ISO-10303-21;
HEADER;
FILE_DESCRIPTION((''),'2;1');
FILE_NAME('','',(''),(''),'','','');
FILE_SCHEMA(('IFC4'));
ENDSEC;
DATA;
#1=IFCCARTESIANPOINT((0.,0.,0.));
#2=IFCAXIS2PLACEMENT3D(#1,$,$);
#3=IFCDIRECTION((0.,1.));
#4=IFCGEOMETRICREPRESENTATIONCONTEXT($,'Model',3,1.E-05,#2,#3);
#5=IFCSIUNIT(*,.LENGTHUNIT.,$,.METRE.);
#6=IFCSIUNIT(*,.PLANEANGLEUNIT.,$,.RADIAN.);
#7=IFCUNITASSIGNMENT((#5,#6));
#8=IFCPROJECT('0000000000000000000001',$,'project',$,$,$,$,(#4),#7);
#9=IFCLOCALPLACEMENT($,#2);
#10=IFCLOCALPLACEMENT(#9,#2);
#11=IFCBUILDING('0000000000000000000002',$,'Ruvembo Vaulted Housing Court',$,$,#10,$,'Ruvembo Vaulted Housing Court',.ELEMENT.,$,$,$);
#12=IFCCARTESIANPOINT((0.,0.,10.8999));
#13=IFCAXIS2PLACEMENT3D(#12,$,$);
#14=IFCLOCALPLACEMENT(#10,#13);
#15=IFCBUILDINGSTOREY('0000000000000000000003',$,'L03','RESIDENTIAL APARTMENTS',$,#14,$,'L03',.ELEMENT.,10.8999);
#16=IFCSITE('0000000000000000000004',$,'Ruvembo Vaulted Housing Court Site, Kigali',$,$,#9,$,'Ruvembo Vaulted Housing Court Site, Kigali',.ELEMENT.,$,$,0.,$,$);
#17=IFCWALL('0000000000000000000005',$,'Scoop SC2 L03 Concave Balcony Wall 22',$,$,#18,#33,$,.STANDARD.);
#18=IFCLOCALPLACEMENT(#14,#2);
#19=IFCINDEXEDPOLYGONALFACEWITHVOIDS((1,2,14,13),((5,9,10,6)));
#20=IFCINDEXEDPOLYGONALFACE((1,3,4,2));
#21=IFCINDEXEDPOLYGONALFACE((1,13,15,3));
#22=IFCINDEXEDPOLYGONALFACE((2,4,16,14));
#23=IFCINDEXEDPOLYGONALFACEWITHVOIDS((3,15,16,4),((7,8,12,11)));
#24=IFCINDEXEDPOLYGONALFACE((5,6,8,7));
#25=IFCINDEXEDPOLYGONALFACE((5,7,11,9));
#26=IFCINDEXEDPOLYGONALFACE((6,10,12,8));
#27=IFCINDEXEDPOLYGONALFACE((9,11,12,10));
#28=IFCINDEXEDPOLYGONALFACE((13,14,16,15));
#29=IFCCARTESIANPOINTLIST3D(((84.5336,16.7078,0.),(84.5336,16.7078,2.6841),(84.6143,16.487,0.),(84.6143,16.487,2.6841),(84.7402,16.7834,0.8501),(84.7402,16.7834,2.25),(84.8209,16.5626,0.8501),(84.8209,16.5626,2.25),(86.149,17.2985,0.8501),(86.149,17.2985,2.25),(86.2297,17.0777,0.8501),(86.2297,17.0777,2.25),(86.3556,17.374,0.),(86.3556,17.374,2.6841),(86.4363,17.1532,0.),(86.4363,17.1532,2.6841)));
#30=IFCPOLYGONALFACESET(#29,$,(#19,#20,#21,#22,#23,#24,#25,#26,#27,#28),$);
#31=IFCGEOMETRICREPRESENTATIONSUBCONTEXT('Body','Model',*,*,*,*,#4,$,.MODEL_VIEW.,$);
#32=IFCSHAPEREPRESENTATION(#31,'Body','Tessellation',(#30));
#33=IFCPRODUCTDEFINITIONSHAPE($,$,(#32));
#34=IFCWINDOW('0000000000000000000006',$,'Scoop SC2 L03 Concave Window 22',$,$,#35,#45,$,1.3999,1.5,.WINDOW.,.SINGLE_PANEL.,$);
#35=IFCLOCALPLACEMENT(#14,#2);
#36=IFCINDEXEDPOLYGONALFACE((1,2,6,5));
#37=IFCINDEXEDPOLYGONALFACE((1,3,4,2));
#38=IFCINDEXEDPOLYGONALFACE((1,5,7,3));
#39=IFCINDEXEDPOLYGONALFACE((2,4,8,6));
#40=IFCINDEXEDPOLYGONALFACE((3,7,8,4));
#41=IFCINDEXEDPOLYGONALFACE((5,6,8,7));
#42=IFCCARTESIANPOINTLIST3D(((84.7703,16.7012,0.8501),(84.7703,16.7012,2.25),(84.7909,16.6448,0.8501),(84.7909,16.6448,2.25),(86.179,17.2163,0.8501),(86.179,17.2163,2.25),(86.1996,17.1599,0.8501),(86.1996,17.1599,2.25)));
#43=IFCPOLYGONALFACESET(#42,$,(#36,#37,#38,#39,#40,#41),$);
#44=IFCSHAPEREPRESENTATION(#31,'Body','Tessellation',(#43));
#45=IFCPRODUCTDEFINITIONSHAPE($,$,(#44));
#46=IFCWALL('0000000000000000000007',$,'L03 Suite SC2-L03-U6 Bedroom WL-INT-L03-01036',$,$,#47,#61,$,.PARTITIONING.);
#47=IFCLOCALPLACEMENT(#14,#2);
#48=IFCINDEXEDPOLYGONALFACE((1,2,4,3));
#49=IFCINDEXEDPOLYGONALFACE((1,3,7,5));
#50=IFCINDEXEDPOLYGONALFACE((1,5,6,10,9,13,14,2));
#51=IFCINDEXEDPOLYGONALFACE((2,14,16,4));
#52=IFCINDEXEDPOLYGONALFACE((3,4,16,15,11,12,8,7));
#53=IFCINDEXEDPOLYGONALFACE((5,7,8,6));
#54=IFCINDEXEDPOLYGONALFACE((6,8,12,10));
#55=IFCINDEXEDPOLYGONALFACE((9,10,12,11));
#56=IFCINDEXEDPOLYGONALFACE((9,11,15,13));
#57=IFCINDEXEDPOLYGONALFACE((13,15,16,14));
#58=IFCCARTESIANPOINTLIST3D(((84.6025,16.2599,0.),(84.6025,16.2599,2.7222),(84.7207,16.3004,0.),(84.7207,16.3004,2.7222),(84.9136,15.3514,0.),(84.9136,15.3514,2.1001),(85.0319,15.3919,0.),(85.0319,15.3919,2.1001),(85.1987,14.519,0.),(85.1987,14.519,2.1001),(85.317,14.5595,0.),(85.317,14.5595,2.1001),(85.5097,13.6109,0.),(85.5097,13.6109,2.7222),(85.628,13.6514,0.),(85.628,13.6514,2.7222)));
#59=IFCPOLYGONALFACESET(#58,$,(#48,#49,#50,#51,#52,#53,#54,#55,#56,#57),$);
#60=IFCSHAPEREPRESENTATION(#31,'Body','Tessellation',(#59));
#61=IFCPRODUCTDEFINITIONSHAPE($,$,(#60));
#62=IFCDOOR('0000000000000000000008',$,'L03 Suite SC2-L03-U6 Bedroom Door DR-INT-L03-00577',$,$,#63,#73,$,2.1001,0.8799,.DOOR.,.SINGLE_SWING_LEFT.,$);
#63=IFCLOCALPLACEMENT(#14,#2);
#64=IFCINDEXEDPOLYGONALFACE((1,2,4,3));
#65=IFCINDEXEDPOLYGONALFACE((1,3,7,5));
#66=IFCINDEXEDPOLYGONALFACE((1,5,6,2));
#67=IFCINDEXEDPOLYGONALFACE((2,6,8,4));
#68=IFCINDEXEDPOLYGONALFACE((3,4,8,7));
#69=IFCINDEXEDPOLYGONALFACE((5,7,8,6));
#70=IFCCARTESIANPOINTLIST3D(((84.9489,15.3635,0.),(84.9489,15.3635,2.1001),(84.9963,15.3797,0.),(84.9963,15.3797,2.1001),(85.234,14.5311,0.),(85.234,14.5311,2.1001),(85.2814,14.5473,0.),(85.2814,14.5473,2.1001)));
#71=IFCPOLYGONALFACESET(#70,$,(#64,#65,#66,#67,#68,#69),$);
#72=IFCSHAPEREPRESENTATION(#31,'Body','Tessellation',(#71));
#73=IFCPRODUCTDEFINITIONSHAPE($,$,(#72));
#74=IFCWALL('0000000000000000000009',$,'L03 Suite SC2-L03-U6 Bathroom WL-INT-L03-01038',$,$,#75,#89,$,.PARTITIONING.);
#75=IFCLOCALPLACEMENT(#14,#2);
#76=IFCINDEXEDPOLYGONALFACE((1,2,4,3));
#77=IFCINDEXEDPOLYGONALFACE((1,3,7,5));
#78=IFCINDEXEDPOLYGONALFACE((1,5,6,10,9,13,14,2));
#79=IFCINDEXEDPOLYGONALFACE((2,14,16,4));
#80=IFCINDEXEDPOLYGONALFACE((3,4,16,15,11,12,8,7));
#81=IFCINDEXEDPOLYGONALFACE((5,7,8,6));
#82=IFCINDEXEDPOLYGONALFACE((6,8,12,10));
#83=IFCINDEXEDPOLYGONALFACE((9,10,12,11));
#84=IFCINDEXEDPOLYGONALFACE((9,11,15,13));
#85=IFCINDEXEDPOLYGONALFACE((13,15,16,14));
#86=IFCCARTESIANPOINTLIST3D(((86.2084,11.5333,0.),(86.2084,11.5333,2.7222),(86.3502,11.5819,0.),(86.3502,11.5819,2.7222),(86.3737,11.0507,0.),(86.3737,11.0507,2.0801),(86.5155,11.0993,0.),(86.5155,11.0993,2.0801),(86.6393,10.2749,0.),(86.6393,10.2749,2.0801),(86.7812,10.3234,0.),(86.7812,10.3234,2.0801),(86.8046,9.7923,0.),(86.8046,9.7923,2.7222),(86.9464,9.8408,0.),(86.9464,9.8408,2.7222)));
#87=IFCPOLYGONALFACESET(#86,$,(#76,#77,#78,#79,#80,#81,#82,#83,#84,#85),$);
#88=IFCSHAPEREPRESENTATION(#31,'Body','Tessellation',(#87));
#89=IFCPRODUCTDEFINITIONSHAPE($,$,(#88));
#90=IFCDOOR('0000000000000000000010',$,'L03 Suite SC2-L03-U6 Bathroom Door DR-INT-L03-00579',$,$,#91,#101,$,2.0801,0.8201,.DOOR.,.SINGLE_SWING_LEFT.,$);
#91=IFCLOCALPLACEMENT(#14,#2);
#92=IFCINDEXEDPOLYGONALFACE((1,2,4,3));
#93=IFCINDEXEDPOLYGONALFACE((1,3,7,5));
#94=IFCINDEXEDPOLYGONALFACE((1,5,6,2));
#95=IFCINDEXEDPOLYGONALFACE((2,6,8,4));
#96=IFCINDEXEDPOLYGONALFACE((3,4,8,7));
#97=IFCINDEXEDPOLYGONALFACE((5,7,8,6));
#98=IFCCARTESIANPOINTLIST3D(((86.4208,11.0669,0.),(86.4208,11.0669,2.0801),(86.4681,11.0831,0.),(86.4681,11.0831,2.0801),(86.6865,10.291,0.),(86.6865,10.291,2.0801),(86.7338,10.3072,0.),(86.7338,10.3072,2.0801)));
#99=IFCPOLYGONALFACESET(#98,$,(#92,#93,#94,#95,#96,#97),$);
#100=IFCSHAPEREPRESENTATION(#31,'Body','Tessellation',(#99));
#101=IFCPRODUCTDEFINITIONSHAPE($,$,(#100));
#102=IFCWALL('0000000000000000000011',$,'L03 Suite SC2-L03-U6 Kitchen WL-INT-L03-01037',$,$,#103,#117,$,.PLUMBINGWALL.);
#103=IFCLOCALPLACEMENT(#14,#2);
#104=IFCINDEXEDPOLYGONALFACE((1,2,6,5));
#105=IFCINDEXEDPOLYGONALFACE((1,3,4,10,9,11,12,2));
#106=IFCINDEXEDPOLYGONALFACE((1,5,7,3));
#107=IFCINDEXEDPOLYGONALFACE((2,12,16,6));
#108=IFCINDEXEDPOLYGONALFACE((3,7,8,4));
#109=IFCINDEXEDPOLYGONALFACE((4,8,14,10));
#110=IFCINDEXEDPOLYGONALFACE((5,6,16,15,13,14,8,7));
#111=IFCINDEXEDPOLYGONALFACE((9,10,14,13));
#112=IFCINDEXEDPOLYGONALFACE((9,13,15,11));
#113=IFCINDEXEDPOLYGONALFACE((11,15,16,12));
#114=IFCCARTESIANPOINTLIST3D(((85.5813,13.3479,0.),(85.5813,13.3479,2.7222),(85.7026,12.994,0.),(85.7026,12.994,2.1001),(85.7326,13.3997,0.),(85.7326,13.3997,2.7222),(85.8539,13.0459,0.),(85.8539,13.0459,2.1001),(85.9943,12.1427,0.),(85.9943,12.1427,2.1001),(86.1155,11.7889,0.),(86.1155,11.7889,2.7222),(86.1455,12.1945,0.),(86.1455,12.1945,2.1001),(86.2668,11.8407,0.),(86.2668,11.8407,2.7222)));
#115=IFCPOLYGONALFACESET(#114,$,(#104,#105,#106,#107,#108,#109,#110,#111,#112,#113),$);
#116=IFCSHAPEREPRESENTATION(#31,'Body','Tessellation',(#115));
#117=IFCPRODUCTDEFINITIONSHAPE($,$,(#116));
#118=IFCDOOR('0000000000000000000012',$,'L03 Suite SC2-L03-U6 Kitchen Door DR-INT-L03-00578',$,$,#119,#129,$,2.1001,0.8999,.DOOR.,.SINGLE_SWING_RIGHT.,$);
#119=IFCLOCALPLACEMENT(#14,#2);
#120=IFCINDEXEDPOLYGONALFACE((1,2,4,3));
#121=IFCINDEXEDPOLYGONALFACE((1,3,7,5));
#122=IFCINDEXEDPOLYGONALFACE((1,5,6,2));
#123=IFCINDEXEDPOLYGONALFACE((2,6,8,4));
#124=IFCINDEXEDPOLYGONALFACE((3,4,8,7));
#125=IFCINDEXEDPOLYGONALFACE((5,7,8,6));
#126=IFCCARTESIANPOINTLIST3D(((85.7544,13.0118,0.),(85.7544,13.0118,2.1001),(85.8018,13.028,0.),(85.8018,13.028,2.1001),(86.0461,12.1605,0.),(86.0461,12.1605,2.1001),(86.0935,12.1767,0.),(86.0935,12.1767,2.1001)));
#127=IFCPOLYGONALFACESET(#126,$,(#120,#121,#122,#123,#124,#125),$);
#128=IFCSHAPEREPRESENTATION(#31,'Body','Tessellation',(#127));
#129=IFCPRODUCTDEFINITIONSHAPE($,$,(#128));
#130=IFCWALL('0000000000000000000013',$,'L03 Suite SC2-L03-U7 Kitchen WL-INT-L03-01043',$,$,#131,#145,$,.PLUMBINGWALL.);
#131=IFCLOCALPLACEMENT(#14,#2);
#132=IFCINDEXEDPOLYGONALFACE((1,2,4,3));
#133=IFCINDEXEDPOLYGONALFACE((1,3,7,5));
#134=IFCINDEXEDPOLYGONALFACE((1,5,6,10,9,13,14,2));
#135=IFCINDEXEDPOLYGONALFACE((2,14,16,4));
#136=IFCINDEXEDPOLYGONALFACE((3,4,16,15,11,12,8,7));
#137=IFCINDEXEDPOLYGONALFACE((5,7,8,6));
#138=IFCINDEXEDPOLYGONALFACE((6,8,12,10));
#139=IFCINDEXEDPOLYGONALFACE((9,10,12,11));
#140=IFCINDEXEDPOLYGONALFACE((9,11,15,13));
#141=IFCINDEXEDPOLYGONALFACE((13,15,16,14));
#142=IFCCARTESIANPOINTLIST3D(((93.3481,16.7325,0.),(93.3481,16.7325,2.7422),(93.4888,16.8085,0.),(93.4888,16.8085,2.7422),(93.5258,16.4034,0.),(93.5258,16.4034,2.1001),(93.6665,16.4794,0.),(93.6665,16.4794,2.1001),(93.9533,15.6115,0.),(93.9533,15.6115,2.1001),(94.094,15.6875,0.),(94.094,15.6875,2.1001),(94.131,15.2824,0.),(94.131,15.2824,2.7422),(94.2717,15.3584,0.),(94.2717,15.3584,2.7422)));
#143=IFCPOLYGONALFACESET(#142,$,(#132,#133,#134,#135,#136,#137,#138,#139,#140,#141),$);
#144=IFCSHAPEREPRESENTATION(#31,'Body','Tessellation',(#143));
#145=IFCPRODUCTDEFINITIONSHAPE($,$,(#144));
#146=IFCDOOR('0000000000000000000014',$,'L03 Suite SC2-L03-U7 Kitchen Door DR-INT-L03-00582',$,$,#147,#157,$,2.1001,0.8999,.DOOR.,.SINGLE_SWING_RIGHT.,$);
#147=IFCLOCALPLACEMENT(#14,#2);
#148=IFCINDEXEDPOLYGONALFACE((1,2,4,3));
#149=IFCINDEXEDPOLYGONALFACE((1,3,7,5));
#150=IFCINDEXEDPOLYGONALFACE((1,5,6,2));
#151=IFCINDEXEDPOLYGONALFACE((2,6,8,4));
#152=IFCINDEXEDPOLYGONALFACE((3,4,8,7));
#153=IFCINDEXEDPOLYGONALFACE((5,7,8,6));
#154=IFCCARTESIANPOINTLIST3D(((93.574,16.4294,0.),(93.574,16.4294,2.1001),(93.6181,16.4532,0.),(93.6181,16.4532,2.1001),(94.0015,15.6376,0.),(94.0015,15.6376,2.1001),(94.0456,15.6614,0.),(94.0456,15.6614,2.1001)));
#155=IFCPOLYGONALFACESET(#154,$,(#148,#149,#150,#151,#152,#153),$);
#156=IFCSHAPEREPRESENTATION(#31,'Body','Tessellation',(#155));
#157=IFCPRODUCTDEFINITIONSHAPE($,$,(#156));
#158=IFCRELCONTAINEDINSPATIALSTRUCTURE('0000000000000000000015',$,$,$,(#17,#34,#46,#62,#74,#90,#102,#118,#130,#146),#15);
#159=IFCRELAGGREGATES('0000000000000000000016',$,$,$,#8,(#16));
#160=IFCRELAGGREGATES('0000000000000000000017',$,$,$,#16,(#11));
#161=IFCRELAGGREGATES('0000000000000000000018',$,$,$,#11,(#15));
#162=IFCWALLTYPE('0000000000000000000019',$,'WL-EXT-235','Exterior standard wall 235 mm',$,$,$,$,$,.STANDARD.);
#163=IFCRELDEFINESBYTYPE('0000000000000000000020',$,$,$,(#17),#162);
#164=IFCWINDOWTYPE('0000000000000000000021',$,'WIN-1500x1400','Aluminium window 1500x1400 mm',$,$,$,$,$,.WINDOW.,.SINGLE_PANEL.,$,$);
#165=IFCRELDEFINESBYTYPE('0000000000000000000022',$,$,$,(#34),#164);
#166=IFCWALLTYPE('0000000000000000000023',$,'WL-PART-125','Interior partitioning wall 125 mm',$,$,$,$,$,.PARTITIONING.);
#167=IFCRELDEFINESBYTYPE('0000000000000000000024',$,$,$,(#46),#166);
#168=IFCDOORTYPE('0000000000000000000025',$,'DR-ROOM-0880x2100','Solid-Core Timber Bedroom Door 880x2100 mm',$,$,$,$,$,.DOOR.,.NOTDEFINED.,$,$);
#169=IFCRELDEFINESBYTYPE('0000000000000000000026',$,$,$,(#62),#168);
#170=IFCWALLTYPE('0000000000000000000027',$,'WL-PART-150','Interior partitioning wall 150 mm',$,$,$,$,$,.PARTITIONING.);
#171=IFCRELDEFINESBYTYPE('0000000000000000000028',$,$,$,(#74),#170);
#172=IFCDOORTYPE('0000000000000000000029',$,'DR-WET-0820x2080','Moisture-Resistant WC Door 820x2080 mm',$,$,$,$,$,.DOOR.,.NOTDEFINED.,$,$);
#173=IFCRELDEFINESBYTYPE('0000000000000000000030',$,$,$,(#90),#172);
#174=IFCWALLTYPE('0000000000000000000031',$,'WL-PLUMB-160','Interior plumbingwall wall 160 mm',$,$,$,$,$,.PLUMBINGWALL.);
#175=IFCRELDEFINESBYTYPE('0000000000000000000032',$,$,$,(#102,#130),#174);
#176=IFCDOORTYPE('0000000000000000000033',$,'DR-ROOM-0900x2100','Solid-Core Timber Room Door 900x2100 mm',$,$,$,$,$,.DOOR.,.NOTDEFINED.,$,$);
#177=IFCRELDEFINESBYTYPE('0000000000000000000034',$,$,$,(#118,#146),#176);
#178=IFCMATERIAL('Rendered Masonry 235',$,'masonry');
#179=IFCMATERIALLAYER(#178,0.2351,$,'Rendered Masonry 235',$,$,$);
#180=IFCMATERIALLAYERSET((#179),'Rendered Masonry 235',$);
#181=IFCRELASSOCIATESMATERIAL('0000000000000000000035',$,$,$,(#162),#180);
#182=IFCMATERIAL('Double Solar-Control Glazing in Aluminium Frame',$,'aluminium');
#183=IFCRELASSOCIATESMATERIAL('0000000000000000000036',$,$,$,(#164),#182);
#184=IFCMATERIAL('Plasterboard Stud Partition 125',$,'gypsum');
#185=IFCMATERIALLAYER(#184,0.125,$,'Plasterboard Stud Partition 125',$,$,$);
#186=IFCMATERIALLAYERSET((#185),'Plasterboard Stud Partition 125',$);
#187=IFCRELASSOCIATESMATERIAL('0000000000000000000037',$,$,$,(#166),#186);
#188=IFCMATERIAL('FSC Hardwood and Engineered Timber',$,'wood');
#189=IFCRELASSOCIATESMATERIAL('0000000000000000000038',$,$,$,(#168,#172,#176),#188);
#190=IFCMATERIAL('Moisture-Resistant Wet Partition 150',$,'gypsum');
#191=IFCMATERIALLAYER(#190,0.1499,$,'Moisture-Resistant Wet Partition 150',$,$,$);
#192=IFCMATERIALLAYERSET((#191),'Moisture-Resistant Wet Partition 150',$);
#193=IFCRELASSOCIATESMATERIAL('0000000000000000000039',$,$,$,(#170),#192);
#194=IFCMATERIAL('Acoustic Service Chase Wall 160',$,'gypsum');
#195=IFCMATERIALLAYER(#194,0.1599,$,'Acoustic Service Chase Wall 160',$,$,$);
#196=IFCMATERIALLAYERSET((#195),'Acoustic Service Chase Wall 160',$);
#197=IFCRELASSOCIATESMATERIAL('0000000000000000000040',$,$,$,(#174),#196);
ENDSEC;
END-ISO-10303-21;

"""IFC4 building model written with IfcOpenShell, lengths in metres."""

from ifc_helpers import new_model, si_unit, direction, frame, frame_2d, origin, place, context, subcontext, project, spatial, rectangle, extrude, material, layer, layer_set, type_object, element, fill, save


model = new_model("IFC4")

# Units and contexts
model_context = context("Model", 3, precision=1e-05, world=origin(), true_north=direction((0.0, 1.0)))
body_context = subcontext(model_context, "Body", "Model", "MODEL_VIEW")
ifc_project = project(units=[si_unit("LENGTHUNIT", "METRE"), si_unit("PLANEANGLEUNIT", "RADIAN")], contexts=[model_context])

# Site, building, storey
site_placement = place(None, origin())
site = spatial("IfcSite", under=ifc_project, at=site_placement, Name="Ruvembo Vaulted Housing Court Site, Kigali", LongName="Ruvembo Vaulted Housing Court Site, Kigali", CompositionType="ELEMENT", RefElevation=0.0)
building_placement = place(site_placement, origin())
building = spatial("IfcBuilding", under=site, at=building_placement, Name="Ruvembo Vaulted Housing Court", LongName="Ruvembo Vaulted Housing Court", CompositionType="ELEMENT")
storey_placement = place(building_placement, frame((0.0, 0.0, 10.8999)))
storey = spatial("IfcBuildingStorey", under=building, at=storey_placement, Name="L03", Description="RESIDENTIAL APARTMENTS", LongName="L03", CompositionType="ELEMENT", Elevation=10.8999)

# Shared definitions
ifc_material_1 = material(Name="FSC Hardwood and Engineered Timber", Category="wood")

# Wall, opening, window
ifc_material_2 = material(Name="Rendered Masonry 235", Category="masonry")
ifc_layer_1 = layer(ifc_material_2, 0.2351, Name="Rendered Masonry 235")
ifc_layer_set_1 = layer_set([ifc_layer_1], Name="Rendered Masonry 235")
wall_type_1 = type_object("IfcWallType", Name="WL-EXT-235", Description="Exterior standard wall 235 mm", PredefinedType="STANDARD", material=ifc_layer_set_1)
wall_1_placement = place(storey_placement, frame((84.574, 16.5974, 0.0), z_axis=(0.0, 0.0, 1.0), x_axis=(0.939178, 0.34343, 0.0)))
wall_1 = element("IfcWall", 1, at=wall_1_placement, inside=storey, type_object=wall_type_1, Name="Scoop SC2 L03 Concave Balcony Wall 22", PredefinedType="STANDARD", context=body_context, shape_type="SweptSolid", body=[
    extrude(rectangle(XDim=1.9399, YDim=0.2351, at=frame_2d((0.97, 0.0))), origin(), (0.0, 0.0, 1.0), 2.6841),
])
opening_1_placement = place(wall_1_placement, frame((0.22, 0.0, 0.8501)))
opening_1 = element("IfcOpeningElement", 2, at=opening_1_placement, cuts=wall_1, PredefinedType="OPENING", context=body_context, shape_type="SweptSolid", body=[
    extrude(rectangle(XDim=1.5, YDim=1.3999, at=frame_2d((0.75, 0.7))), frame((0.0, 0.1274, 0.0), z_axis=(0.0, -1.0, 0.0), x_axis=(1.0, 0.0, 0.0)), (0.0, 0.0, 1.0), 0.2551),
])
ifc_material_3 = material(Name="Double Solar-Control Glazing in Aluminium Frame", Category="aluminium")
window_type = type_object("IfcWindowType", Name="WIN-1500x1400", Description="Aluminium window 1500x1400 mm", PartitioningType="SINGLE_PANEL", PredefinedType="WINDOW", material=ifc_material_3)
window_placement = place(opening_1_placement, origin())
window = element("IfcWindow", 3, at=window_placement, inside=storey, type_object=window_type, Name="Scoop SC2 L03 Concave Window 22", OverallHeight=1.3999, OverallWidth=1.5, PartitioningType="SINGLE_PANEL", PredefinedType="WINDOW", context=body_context, shape_type="SweptSolid", body=[
    extrude(rectangle(XDim=1.5, YDim=1.3999, at=frame_2d((0.75, 0.7))), frame((0.0, 0.03, 0.0), z_axis=(0.0, -1.0, 0.0), x_axis=(1.0, 0.0, 0.0)), (0.0, 0.0, 1.0), 0.0601),
])
fill(opening_1, window)

# Walls, openings, doors
ifc_material_4 = material(Name="Plasterboard Stud Partition 125", Category="gypsum")
ifc_layer_2 = layer(ifc_material_4, 0.125, Name="Plasterboard Stud Partition 125")
ifc_layer_set_2 = layer_set([ifc_layer_2], Name="Plasterboard Stud Partition 125")
wall_type_2 = type_object("IfcWallType", Name="WL-PART-125", Description="Interior partitioning wall 125 mm", PredefinedType="PARTITIONING", material=ifc_layer_set_2)
wall_2_placement = place(storey_placement, frame((84.6616, 16.28, 0.0), z_axis=(0.0, 0.0, 1.0), x_axis=(0.324012, -0.946053, 0.0)))
wall_2 = element("IfcWall", 4, at=wall_2_placement, inside=storey, type_object=wall_type_2, Name="L03 Suite SC2-L03-U6 Bedroom WL-INT-L03-01036", PredefinedType="PARTITIONING", context=body_context, shape_type="SweptSolid", body=[
    extrude(rectangle(XDim=2.8, YDim=0.125, at=frame_2d((1.3999, 0.0))), origin(), (0.0, 0.0, 1.0), 2.7222),
])
opening_2_placement = place(wall_2_placement, frame((0.9602, 0.0, 0.0)))
opening_2 = element("IfcOpeningElement", 5, at=opening_2_placement, cuts=wall_2, PredefinedType="OPENING", context=body_context, shape_type="SweptSolid", body=[
    extrude(rectangle(XDim=0.8799, YDim=2.1001, at=frame_2d((0.4399, 1.05))), frame((0.0, 0.0725, 0.0), z_axis=(0.0, -1.0, 0.0), x_axis=(1.0, 0.0, 0.0)), (0.0, 0.0, 1.0), 0.145),
])
door_type_1 = type_object("IfcDoorType", Name="DR-ROOM-0880x2100", Description="Solid-Core Timber Bedroom Door 880x2100 mm", OperationType="NOTDEFINED", PredefinedType="DOOR", material=ifc_material_1)
door_1_placement = place(opening_2_placement, origin())
door_1 = element("IfcDoor", 6, at=door_1_placement, inside=storey, type_object=door_type_1, Name="L03 Suite SC2-L03-U6 Bedroom Door DR-INT-L03-00577", OperationType="SINGLE_SWING_LEFT", OverallHeight=2.1001, OverallWidth=0.8799, PredefinedType="DOOR", context=body_context, shape_type="SweptSolid", body=[
    extrude(rectangle(XDim=0.8799, YDim=2.1001, at=frame_2d((0.4399, 1.05))), frame((0.0, 0.0249, 0.0), z_axis=(0.0, -1.0, 0.0), x_axis=(1.0, 0.0, 0.0)), (0.0, 0.0, 1.0), 0.05),
])
fill(opening_2, door_1)
ifc_material_5 = material(Name="Moisture-Resistant Wet Partition 150", Category="gypsum")
ifc_layer_3 = layer(ifc_material_5, 0.1499, Name="Moisture-Resistant Wet Partition 150")
ifc_layer_set_3 = layer_set([ifc_layer_3], Name="Moisture-Resistant Wet Partition 150")
wall_type_3 = type_object("IfcWallType", Name="WL-PART-150", Description="Interior partitioning wall 150 mm", PredefinedType="PARTITIONING", material=ifc_layer_set_3)
wall_3_placement = place(storey_placement, frame((86.2793, 11.5576, 0.0), z_axis=(0.0, 0.0, 1.0), x_axis=(0.323978, -0.946065, 0.0)))
wall_3 = element("IfcWall", 7, at=wall_3_placement, inside=storey, type_object=wall_type_3, Name="L03 Suite SC2-L03-U6 Bathroom WL-INT-L03-01038", PredefinedType="PARTITIONING", context=body_context, shape_type="SweptSolid", body=[
    extrude(rectangle(XDim=1.8403, YDim=0.1499, at=frame_2d((0.9202, 0.0))), origin(), (0.0, 0.0, 1.0), 2.7222),
])
opening_3_placement = place(wall_3_placement, frame((0.51, 0.0, 0.0)))
opening_3 = element("IfcOpeningElement", 8, at=opening_3_placement, cuts=wall_3, PredefinedType="OPENING", context=body_context, shape_type="SweptSolid", body=[
    extrude(rectangle(XDim=0.8201, YDim=2.0801, at=frame_2d((0.4102, 1.04))), frame((0.0, 0.085, 0.0), z_axis=(0.0, -1.0, 0.0), x_axis=(1.0, 0.0, 0.0)), (0.0, 0.0, 1.0), 0.1699),
])
door_type_2 = type_object("IfcDoorType", Name="DR-WET-0820x2080", Description="Moisture-Resistant WC Door 820x2080 mm", OperationType="NOTDEFINED", PredefinedType="DOOR", material=ifc_material_1)
door_2_placement = place(opening_3_placement, origin())
door_2 = element("IfcDoor", 9, at=door_2_placement, inside=storey, type_object=door_type_2, Name="L03 Suite SC2-L03-U6 Bathroom Door DR-INT-L03-00579", OperationType="SINGLE_SWING_LEFT", OverallHeight=2.0801, OverallWidth=0.8201, PredefinedType="DOOR", context=body_context, shape_type="SweptSolid", body=[
    extrude(rectangle(XDim=0.8201, YDim=2.0801, at=frame_2d((0.4102, 1.04))), frame((0.0, 0.0249, 0.0), z_axis=(0.0, -1.0, 0.0), x_axis=(1.0, 0.0, 0.0)), (0.0, 0.0, 1.0), 0.05),
])
fill(opening_3, door_2)
ifc_material_6 = material(Name="Acoustic Service Chase Wall 160", Category="gypsum")
ifc_layer_4 = layer(ifc_material_6, 0.1599, Name="Acoustic Service Chase Wall 160")
ifc_layer_set_4 = layer_set([ifc_layer_4], Name="Acoustic Service Chase Wall 160")
wall_type_4 = type_object("IfcWallType", Name="WL-PLUMB-160", Description="Interior plumbingwall wall 160 mm", PredefinedType="PLUMBINGWALL", material=ifc_layer_set_4)
wall_4_placement = place(storey_placement, frame((85.657, 13.3738, 0.0), z_axis=(0.0, 0.0, 1.0), x_axis=(0.324127, -0.946013, 0.0)))
wall_4 = element("IfcWall", 10, at=wall_4_placement, inside=storey, type_object=wall_type_4, Name="L03 Suite SC2-L03-U6 Kitchen WL-INT-L03-01037", PredefinedType="PLUMBINGWALL", context=body_context, shape_type="SweptSolid", body=[
    extrude(rectangle(XDim=1.6479, YDim=0.1599, at=frame_2d((0.824, 0.0))), origin(), (0.0, 0.0, 1.0), 2.7222),
])
opening_4_placement = place(wall_4_placement, frame((0.374, 0.0, 0.0)))
opening_4 = element("IfcOpeningElement", 11, at=opening_4_placement, cuts=wall_4, PredefinedType="OPENING", context=body_context, shape_type="SweptSolid", body=[
    extrude(rectangle(XDim=0.8999, YDim=2.1001, at=frame_2d((0.45, 1.05))), frame((0.0, 0.0898, 0.0), z_axis=(0.0, -1.0, 0.0), x_axis=(1.0, 0.0, 0.0)), (0.0, 0.0, 1.0), 0.1799),
])
door_type_3 = type_object("IfcDoorType", Name="DR-ROOM-0900x2100", Description="Solid-Core Timber Room Door 900x2100 mm", OperationType="NOTDEFINED", PredefinedType="DOOR", material=ifc_material_1)
door_3_placement = place(opening_4_placement, origin())
door_3 = element("IfcDoor", 12, at=door_3_placement, inside=storey, type_object=door_type_3, Name="L03 Suite SC2-L03-U6 Kitchen Door DR-INT-L03-00578", OperationType="SINGLE_SWING_RIGHT", OverallHeight=2.1001, OverallWidth=0.8999, PredefinedType="DOOR", context=body_context, shape_type="SweptSolid", body=[
    extrude(rectangle(XDim=0.8999, YDim=2.1001, at=frame_2d((0.45, 1.05))), frame((0.0, 0.0249, 0.0), z_axis=(0.0, -1.0, 0.0), x_axis=(1.0, 0.0, 0.0)), (0.0, 0.0, 1.0), 0.05),
])
fill(opening_4, door_3)
wall_5_placement = place(storey_placement, frame((93.4185, 16.7705, 0.0), z_axis=(0.0, 0.0, 1.0), x_axis=(0.47508, -0.879943, 0.0)))
wall_5 = element("IfcWall", 13, at=wall_5_placement, inside=storey, type_object=wall_type_4, Name="L03 Suite SC2-L03-U7 Kitchen WL-INT-L03-01043", PredefinedType="PLUMBINGWALL", context=body_context, shape_type="SweptSolid", body=[
    extrude(rectangle(XDim=1.6479, YDim=0.1599, at=frame_2d((0.824, 0.0))), origin(), (0.0, 0.0, 1.0), 2.7422),
])
opening_5_placement = place(wall_5_placement, frame((0.374, 0.0, 0.0)))
opening_5 = element("IfcOpeningElement", 14, at=opening_5_placement, cuts=wall_5, PredefinedType="OPENING", context=body_context, shape_type="SweptSolid", body=[
    extrude(rectangle(XDim=0.8999, YDim=2.1001, at=frame_2d((0.45, 1.05))), frame((0.0, 0.0898, 0.0), z_axis=(0.0, -1.0, 0.0), x_axis=(1.0, 0.0, 0.0)), (0.0, 0.0, 1.0), 0.1799),
])
door_4_placement = place(opening_5_placement, origin())
door_4 = element("IfcDoor", 15, at=door_4_placement, inside=storey, type_object=door_type_3, Name="L03 Suite SC2-L03-U7 Kitchen Door DR-INT-L03-00582", OperationType="SINGLE_SWING_RIGHT", OverallHeight=2.1001, OverallWidth=0.8999, PredefinedType="DOOR", context=body_context, shape_type="SweptSolid", body=[
    extrude(rectangle(XDim=0.8999, YDim=2.1001, at=frame_2d((0.45, 1.05))), frame((0.0, 0.0249, 0.0), z_axis=(0.0, -1.0, 0.0), x_axis=(1.0, 0.0, 0.0)), (0.0, 0.0, 1.0), 0.05),
])
fill(opening_5, door_4)

save(model, "model.ifc")
